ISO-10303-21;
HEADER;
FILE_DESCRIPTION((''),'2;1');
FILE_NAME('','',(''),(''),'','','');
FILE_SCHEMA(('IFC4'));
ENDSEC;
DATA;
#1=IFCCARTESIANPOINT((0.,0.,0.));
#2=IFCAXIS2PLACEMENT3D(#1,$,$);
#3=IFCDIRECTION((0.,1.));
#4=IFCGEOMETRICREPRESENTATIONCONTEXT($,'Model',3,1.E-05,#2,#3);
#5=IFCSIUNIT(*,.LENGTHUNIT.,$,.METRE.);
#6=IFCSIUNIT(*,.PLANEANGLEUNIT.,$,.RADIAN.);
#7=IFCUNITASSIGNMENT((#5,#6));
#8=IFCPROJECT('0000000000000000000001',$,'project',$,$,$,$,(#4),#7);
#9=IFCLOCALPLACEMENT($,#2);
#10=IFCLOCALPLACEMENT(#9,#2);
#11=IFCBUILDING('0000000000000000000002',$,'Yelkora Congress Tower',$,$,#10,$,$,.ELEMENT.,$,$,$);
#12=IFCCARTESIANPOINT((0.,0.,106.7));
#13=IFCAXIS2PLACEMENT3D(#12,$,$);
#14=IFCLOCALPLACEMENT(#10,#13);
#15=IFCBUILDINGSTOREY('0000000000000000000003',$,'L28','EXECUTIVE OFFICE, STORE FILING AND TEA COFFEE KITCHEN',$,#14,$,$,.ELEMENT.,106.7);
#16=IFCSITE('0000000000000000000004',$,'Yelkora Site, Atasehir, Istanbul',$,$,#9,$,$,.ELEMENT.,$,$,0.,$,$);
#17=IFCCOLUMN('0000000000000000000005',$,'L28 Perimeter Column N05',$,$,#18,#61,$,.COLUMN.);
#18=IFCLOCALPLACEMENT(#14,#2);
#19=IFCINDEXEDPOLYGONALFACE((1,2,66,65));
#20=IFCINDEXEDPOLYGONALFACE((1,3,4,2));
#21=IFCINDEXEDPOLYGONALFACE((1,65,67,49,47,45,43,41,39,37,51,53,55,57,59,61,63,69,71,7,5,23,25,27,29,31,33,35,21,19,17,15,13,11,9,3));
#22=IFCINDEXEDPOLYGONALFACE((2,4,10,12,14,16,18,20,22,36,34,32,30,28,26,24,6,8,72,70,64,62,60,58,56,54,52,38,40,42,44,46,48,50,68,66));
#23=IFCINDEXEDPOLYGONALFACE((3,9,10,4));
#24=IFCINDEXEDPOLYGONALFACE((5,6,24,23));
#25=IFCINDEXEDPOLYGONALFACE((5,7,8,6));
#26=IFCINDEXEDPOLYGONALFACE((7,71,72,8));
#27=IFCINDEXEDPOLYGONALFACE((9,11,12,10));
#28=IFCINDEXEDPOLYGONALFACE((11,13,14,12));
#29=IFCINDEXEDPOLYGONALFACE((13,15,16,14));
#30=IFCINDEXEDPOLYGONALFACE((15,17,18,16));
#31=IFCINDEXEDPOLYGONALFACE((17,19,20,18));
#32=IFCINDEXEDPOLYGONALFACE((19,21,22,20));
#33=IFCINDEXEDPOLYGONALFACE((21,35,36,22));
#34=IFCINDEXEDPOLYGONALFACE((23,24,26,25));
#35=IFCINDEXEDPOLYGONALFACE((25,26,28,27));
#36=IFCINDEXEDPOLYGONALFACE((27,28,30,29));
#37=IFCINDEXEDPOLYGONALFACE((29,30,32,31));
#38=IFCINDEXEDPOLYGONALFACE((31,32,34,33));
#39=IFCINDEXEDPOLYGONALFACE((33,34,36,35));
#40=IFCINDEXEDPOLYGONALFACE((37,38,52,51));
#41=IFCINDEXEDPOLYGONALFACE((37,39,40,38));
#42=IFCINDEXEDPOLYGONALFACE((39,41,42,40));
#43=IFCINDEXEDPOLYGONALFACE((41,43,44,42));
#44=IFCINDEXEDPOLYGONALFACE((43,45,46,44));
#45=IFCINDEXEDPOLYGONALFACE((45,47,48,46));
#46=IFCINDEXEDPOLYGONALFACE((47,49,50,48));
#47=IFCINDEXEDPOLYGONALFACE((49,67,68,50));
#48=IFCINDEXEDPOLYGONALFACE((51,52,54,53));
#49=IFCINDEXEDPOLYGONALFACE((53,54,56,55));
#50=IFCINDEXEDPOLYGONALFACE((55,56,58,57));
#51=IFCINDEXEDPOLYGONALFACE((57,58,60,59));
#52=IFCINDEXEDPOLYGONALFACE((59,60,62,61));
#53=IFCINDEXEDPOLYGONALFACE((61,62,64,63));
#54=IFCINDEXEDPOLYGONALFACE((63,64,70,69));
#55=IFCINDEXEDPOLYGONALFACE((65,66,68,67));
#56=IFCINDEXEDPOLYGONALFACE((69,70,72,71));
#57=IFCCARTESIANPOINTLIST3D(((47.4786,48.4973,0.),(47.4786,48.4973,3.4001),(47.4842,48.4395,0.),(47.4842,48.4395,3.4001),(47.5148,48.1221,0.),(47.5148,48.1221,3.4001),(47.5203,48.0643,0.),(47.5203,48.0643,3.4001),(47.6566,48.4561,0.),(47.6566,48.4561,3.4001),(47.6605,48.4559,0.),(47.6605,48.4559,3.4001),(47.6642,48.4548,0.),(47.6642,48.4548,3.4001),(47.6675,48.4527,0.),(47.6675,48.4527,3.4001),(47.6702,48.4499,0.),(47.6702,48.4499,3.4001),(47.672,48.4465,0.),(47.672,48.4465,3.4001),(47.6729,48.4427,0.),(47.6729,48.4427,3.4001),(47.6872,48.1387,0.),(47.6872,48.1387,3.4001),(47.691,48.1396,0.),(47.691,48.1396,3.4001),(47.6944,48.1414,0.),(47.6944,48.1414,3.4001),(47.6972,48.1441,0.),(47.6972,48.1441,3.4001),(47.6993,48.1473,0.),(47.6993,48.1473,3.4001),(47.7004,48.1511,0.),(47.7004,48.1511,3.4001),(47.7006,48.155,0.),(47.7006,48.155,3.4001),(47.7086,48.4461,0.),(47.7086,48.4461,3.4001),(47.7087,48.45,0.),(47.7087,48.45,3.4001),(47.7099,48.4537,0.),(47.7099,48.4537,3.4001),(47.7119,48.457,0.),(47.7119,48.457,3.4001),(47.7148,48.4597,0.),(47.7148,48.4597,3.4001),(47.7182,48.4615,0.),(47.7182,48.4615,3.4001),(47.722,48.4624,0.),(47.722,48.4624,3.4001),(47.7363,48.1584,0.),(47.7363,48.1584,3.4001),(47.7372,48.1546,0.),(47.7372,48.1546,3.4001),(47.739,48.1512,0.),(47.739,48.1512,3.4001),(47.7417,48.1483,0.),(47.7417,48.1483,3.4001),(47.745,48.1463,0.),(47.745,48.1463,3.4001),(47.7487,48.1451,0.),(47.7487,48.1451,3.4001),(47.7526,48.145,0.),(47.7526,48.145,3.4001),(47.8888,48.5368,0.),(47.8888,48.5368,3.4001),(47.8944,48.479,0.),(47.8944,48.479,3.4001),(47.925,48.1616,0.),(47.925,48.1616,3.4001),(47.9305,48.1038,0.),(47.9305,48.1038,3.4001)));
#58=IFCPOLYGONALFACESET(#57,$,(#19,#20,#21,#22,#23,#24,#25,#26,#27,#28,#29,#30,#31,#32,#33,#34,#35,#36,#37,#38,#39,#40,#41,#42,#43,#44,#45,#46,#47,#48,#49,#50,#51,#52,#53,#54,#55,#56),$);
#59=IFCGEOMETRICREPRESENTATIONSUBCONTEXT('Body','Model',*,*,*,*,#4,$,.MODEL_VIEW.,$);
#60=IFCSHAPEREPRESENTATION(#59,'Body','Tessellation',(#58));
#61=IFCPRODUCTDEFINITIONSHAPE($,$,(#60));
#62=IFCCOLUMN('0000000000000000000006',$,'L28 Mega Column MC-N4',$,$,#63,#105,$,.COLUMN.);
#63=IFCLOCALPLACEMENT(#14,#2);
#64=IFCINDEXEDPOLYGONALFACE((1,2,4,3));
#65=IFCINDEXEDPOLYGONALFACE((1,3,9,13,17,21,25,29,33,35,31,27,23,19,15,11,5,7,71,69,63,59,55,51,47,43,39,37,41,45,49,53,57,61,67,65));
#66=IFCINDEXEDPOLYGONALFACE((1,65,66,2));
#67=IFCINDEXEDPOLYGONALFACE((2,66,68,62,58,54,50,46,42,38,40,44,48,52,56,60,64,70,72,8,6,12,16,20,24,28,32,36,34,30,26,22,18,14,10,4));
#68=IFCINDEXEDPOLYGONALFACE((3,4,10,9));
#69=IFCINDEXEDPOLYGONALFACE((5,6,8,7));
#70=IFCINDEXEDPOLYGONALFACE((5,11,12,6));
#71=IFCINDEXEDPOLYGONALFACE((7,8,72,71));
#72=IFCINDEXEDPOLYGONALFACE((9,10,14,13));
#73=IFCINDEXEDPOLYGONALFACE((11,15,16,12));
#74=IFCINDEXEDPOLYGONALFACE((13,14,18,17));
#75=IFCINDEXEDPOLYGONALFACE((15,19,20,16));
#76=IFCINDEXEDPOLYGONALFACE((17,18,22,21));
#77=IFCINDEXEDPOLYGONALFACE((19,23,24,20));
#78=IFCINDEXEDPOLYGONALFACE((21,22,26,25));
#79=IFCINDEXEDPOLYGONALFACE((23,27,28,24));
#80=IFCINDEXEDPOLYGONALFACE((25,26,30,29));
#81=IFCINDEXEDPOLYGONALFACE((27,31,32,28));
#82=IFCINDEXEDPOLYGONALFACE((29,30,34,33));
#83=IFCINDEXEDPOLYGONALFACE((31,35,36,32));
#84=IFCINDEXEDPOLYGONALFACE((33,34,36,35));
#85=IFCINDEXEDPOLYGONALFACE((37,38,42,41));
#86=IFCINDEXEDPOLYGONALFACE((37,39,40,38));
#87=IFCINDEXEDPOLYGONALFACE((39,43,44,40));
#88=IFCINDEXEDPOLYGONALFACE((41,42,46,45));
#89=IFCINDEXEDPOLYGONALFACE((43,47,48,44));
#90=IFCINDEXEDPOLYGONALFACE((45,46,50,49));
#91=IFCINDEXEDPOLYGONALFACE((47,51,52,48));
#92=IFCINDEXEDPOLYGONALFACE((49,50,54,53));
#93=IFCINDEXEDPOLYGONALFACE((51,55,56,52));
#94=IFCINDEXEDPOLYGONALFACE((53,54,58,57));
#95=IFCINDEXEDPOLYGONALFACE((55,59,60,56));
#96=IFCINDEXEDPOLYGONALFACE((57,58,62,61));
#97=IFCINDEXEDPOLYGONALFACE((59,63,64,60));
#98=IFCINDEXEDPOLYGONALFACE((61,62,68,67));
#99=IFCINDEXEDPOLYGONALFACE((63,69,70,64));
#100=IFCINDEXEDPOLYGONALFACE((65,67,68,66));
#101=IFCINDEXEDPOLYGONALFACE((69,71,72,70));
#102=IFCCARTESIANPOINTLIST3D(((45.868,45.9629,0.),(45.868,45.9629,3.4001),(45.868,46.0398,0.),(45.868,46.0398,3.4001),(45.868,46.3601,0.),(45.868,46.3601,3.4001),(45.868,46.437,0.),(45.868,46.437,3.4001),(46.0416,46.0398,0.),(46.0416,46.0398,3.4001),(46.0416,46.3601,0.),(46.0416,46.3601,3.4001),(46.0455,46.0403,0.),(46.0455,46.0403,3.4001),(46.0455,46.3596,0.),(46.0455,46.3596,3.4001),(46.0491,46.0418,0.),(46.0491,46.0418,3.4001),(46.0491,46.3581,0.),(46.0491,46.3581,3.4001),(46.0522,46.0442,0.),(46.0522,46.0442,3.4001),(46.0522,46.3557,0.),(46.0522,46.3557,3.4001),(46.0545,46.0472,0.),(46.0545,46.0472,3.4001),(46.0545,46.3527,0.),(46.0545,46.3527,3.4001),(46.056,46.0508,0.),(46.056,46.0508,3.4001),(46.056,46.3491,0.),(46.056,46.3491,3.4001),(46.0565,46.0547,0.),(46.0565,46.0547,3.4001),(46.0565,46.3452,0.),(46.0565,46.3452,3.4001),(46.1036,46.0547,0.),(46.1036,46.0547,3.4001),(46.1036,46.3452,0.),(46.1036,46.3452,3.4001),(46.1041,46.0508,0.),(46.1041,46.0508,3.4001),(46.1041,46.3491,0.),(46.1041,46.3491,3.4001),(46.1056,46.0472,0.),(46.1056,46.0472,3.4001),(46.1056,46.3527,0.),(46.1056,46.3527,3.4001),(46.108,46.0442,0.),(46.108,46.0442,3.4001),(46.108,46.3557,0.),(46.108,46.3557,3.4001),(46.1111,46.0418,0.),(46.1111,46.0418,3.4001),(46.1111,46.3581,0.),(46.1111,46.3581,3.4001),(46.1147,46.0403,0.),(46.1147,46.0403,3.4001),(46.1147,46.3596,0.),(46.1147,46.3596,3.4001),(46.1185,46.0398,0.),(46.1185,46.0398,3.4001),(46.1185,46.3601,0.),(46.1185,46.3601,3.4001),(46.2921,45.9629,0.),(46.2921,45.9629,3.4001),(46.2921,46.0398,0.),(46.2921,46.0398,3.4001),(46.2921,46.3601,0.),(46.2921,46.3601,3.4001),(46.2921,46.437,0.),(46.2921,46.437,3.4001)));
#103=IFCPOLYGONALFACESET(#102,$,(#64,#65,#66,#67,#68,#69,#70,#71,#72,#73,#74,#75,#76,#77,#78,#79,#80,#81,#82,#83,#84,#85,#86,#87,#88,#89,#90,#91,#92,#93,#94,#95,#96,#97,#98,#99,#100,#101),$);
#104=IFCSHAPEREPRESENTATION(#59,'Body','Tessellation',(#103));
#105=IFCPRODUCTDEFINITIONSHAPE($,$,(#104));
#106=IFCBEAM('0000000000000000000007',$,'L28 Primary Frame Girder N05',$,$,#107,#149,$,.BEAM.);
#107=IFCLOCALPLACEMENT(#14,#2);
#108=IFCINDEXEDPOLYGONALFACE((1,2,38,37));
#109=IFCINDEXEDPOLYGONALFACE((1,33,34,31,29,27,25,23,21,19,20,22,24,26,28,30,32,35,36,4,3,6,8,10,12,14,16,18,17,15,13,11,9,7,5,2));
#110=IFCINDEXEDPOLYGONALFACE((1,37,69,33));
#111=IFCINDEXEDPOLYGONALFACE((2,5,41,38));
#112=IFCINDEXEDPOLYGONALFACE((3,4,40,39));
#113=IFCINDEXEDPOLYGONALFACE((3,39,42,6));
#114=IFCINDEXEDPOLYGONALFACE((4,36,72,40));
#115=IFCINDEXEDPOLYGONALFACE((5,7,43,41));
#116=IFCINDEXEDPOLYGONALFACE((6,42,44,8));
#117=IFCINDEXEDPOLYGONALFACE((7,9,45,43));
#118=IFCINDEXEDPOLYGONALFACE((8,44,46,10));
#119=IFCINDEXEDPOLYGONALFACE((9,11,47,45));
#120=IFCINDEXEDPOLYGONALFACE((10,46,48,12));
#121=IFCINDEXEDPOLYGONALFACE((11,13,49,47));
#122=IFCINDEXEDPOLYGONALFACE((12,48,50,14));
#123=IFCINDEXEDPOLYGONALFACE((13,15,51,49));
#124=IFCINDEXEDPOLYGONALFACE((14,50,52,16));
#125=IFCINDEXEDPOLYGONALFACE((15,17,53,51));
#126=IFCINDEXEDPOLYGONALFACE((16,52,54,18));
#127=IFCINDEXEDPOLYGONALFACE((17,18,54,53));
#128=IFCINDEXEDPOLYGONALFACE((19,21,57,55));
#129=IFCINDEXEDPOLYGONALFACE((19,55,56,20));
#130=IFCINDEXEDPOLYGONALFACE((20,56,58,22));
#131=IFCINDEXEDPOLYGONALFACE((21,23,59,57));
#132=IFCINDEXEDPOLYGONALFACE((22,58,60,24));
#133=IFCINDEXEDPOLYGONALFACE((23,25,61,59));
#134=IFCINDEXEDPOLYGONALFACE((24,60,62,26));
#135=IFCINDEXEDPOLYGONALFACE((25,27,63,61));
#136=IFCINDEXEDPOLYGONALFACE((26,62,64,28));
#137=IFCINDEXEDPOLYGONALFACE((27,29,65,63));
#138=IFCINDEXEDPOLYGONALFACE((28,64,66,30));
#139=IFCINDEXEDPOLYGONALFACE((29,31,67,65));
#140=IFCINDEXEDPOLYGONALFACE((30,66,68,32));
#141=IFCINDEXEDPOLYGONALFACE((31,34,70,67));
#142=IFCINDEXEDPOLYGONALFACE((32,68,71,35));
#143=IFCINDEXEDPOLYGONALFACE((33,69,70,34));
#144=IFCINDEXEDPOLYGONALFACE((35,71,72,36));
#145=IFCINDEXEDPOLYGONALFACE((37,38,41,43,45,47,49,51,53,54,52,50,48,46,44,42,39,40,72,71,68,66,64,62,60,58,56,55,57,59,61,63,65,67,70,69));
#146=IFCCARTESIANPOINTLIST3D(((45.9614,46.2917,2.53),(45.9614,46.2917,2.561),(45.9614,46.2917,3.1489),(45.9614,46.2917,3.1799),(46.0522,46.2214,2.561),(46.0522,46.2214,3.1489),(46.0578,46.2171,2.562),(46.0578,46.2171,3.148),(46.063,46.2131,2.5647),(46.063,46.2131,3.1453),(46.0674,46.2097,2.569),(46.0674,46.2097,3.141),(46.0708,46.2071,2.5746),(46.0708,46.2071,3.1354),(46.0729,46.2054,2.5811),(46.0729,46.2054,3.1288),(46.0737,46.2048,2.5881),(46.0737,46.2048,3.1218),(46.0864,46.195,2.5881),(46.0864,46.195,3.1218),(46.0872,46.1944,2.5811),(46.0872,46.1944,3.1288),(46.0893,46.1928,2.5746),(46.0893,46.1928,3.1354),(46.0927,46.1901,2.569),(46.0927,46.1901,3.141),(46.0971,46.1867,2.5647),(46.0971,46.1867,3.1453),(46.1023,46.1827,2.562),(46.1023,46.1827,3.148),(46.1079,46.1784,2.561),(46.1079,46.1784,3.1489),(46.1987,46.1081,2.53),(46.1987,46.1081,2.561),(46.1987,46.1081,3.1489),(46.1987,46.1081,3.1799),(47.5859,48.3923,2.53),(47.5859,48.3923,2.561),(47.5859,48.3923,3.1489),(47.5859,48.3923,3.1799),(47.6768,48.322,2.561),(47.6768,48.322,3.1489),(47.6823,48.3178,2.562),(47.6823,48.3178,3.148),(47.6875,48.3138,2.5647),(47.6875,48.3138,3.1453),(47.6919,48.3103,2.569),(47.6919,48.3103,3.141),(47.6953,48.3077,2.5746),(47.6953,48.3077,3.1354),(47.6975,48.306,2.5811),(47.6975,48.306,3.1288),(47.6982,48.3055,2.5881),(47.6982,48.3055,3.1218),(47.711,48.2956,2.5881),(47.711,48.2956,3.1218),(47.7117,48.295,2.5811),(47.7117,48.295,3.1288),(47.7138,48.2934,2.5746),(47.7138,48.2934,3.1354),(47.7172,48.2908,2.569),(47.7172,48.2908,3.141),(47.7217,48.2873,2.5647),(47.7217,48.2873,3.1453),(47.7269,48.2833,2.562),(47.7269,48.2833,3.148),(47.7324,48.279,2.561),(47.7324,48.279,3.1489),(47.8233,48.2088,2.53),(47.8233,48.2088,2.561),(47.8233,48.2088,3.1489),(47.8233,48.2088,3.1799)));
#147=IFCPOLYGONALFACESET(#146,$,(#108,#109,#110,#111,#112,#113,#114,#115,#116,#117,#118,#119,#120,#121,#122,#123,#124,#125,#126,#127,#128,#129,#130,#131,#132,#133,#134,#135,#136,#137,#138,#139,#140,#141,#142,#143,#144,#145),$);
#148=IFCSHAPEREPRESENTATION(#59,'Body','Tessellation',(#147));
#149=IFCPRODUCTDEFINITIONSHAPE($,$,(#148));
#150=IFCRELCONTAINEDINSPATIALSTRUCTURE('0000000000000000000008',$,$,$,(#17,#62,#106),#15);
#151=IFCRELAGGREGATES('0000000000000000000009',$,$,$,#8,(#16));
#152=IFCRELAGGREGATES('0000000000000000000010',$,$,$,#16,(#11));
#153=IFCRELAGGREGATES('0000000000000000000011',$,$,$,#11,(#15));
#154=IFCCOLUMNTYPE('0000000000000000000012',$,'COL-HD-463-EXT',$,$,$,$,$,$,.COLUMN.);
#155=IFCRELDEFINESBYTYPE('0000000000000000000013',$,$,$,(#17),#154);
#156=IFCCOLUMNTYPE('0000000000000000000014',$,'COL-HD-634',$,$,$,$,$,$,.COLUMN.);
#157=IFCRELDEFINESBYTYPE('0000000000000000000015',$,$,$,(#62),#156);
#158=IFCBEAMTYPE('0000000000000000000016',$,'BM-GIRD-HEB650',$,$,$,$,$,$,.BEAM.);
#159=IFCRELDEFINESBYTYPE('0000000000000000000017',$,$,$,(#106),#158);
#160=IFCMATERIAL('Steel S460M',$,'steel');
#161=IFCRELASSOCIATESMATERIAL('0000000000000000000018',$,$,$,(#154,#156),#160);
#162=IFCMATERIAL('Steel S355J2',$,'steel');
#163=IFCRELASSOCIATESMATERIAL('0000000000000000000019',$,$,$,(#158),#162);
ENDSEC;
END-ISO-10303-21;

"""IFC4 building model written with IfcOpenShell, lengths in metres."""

from ifc_helpers import new_model, si_unit, direction, frame, origin, origin_2d, place, context, subcontext, project, spatial, i_section, extrude, material, material_profile, profile_set, type_object, element, save


model = new_model("IFC4")

# Units and contexts
model_context = context("Model", 3, precision=1e-05, world=origin(), true_north=direction((0.0, 1.0)))
body_context = subcontext(model_context, "Body", "Model", "MODEL_VIEW")
ifc_project = project(units=[si_unit("LENGTHUNIT", "METRE"), si_unit("PLANEANGLEUNIT", "RADIAN")], contexts=[model_context])

# Site, building, storey
site_placement = place(None, origin())
site = spatial("IfcSite", under=ifc_project, at=site_placement, Name="Yelkora Site, Atasehir, Istanbul", CompositionType="ELEMENT", RefElevation=0.0)
building_placement = place(site_placement, origin())
building = spatial("IfcBuilding", under=site, at=building_placement, Name="Yelkora Congress Tower", CompositionType="ELEMENT")
storey_placement = place(building_placement, frame((0.0, 0.0, 106.7)))
storey = spatial("IfcBuildingStorey", under=building, at=storey_placement, Name="L28", Description="EXECUTIVE OFFICE, STORE FILING AND TEA COFFEE KITCHEN", CompositionType="ELEMENT", Elevation=106.7)

# Columns
ifc_material_1 = material(Name="Steel S460M", Category="steel")
ifc_material_profile_1 = material_profile(ifc_material_1, i_section(OverallWidth=0.4121, OverallDepth=0.4351, WebThickness=0.0359, FlangeThickness=0.0581, FilletRadius=0.0149, at=origin_2d()), Name="HD 400x463")
ifc_profile_set_1 = profile_set([ifc_material_profile_1], Name="Steel S460M")
column_type_1 = type_object("IfcColumnType", Name="COL-HD-463-EXT", PredefinedType="COLUMN", material=ifc_profile_set_1)
column_1_placement = place(storey_placement, frame((47.7046, 48.3005, 0.0), z_axis=(0.0, 0.0, 1.0), x_axis=(0.995396, 0.095846, 0.0)))
element("IfcColumn", 1, at=column_1_placement, inside=storey, type_object=column_type_1, Name="L28 Perimeter Column N05", PredefinedType="COLUMN", context=body_context, shape_type="SweptSolid", body=[
    extrude(i_section(OverallWidth=0.4121, OverallDepth=0.4351, WebThickness=0.0359, FlangeThickness=0.0581, FilletRadius=0.0149, at=origin_2d()), origin(), (0.0, 0.0, 1.0), 3.4001),
])
ifc_material_profile_2 = material_profile(ifc_material_1, i_section(OverallWidth=0.4241, OverallDepth=0.4741, WebThickness=0.0471, FlangeThickness=0.0769, FilletRadius=0.0149, at=origin_2d()), Name="HD 400x634")
ifc_profile_set_2 = profile_set([ifc_material_profile_2], Name="Steel S460M")
column_type_2 = type_object("IfcColumnType", Name="COL-HD-634", PredefinedType="COLUMN", material=ifc_profile_set_2)
column_2_placement = place(storey_placement, frame((46.0801, 46.2, 0.0), z_axis=(0.0, 0.0, 1.0), x_axis=(1.0, 0.0, 0.0)))
element("IfcColumn", 2, at=column_2_placement, inside=storey, type_object=column_type_2, Name="L28 Mega Column MC-N4", PredefinedType="COLUMN", context=body_context, shape_type="SweptSolid", body=[
    extrude(i_section(OverallWidth=0.4241, OverallDepth=0.4741, WebThickness=0.0471, FlangeThickness=0.0769, FilletRadius=0.0149, at=origin_2d()), origin(), (0.0, 0.0, 1.0), 3.4001),
])

# Beam
ifc_material_2 = material(Name="Steel S355J2", Category="steel")
ifc_material_profile_3 = material_profile(ifc_material_2, i_section(OverallWidth=0.3, OverallDepth=0.6499, WebThickness=0.0161, FlangeThickness=0.031, FilletRadius=0.0271, at=origin_2d()), Name="HEB 650")
ifc_profile_set_3 = profile_set([ifc_material_profile_3], Name="Steel S355J2")
beam_type_1 = type_object("IfcBeamType", Name="BM-GIRD-HEB650", PredefinedType="BEAM", material=ifc_profile_set_3)
beam_1_placement = place(storey_placement, frame((47.7046, 48.3005, 2.855), z_axis=(-0.611761, -0.791042, 0.0), x_axis=(0.791042, -0.611761, 0.0)))
element("IfcBeam", 3, at=beam_1_placement, inside=storey, type_object=beam_type_1, Name="L28 Primary Frame Girder N05", PredefinedType="BEAM", context=body_context, shape_type="SweptSolid", body=[
    extrude(i_section(OverallWidth=0.3, OverallDepth=0.6499, WebThickness=0.0161, FlangeThickness=0.031, FilletRadius=0.0271, at=origin_2d()), origin(), (0.0, 0.0, 1.0), 2.6555),
])

save(model, "model.ifc")
